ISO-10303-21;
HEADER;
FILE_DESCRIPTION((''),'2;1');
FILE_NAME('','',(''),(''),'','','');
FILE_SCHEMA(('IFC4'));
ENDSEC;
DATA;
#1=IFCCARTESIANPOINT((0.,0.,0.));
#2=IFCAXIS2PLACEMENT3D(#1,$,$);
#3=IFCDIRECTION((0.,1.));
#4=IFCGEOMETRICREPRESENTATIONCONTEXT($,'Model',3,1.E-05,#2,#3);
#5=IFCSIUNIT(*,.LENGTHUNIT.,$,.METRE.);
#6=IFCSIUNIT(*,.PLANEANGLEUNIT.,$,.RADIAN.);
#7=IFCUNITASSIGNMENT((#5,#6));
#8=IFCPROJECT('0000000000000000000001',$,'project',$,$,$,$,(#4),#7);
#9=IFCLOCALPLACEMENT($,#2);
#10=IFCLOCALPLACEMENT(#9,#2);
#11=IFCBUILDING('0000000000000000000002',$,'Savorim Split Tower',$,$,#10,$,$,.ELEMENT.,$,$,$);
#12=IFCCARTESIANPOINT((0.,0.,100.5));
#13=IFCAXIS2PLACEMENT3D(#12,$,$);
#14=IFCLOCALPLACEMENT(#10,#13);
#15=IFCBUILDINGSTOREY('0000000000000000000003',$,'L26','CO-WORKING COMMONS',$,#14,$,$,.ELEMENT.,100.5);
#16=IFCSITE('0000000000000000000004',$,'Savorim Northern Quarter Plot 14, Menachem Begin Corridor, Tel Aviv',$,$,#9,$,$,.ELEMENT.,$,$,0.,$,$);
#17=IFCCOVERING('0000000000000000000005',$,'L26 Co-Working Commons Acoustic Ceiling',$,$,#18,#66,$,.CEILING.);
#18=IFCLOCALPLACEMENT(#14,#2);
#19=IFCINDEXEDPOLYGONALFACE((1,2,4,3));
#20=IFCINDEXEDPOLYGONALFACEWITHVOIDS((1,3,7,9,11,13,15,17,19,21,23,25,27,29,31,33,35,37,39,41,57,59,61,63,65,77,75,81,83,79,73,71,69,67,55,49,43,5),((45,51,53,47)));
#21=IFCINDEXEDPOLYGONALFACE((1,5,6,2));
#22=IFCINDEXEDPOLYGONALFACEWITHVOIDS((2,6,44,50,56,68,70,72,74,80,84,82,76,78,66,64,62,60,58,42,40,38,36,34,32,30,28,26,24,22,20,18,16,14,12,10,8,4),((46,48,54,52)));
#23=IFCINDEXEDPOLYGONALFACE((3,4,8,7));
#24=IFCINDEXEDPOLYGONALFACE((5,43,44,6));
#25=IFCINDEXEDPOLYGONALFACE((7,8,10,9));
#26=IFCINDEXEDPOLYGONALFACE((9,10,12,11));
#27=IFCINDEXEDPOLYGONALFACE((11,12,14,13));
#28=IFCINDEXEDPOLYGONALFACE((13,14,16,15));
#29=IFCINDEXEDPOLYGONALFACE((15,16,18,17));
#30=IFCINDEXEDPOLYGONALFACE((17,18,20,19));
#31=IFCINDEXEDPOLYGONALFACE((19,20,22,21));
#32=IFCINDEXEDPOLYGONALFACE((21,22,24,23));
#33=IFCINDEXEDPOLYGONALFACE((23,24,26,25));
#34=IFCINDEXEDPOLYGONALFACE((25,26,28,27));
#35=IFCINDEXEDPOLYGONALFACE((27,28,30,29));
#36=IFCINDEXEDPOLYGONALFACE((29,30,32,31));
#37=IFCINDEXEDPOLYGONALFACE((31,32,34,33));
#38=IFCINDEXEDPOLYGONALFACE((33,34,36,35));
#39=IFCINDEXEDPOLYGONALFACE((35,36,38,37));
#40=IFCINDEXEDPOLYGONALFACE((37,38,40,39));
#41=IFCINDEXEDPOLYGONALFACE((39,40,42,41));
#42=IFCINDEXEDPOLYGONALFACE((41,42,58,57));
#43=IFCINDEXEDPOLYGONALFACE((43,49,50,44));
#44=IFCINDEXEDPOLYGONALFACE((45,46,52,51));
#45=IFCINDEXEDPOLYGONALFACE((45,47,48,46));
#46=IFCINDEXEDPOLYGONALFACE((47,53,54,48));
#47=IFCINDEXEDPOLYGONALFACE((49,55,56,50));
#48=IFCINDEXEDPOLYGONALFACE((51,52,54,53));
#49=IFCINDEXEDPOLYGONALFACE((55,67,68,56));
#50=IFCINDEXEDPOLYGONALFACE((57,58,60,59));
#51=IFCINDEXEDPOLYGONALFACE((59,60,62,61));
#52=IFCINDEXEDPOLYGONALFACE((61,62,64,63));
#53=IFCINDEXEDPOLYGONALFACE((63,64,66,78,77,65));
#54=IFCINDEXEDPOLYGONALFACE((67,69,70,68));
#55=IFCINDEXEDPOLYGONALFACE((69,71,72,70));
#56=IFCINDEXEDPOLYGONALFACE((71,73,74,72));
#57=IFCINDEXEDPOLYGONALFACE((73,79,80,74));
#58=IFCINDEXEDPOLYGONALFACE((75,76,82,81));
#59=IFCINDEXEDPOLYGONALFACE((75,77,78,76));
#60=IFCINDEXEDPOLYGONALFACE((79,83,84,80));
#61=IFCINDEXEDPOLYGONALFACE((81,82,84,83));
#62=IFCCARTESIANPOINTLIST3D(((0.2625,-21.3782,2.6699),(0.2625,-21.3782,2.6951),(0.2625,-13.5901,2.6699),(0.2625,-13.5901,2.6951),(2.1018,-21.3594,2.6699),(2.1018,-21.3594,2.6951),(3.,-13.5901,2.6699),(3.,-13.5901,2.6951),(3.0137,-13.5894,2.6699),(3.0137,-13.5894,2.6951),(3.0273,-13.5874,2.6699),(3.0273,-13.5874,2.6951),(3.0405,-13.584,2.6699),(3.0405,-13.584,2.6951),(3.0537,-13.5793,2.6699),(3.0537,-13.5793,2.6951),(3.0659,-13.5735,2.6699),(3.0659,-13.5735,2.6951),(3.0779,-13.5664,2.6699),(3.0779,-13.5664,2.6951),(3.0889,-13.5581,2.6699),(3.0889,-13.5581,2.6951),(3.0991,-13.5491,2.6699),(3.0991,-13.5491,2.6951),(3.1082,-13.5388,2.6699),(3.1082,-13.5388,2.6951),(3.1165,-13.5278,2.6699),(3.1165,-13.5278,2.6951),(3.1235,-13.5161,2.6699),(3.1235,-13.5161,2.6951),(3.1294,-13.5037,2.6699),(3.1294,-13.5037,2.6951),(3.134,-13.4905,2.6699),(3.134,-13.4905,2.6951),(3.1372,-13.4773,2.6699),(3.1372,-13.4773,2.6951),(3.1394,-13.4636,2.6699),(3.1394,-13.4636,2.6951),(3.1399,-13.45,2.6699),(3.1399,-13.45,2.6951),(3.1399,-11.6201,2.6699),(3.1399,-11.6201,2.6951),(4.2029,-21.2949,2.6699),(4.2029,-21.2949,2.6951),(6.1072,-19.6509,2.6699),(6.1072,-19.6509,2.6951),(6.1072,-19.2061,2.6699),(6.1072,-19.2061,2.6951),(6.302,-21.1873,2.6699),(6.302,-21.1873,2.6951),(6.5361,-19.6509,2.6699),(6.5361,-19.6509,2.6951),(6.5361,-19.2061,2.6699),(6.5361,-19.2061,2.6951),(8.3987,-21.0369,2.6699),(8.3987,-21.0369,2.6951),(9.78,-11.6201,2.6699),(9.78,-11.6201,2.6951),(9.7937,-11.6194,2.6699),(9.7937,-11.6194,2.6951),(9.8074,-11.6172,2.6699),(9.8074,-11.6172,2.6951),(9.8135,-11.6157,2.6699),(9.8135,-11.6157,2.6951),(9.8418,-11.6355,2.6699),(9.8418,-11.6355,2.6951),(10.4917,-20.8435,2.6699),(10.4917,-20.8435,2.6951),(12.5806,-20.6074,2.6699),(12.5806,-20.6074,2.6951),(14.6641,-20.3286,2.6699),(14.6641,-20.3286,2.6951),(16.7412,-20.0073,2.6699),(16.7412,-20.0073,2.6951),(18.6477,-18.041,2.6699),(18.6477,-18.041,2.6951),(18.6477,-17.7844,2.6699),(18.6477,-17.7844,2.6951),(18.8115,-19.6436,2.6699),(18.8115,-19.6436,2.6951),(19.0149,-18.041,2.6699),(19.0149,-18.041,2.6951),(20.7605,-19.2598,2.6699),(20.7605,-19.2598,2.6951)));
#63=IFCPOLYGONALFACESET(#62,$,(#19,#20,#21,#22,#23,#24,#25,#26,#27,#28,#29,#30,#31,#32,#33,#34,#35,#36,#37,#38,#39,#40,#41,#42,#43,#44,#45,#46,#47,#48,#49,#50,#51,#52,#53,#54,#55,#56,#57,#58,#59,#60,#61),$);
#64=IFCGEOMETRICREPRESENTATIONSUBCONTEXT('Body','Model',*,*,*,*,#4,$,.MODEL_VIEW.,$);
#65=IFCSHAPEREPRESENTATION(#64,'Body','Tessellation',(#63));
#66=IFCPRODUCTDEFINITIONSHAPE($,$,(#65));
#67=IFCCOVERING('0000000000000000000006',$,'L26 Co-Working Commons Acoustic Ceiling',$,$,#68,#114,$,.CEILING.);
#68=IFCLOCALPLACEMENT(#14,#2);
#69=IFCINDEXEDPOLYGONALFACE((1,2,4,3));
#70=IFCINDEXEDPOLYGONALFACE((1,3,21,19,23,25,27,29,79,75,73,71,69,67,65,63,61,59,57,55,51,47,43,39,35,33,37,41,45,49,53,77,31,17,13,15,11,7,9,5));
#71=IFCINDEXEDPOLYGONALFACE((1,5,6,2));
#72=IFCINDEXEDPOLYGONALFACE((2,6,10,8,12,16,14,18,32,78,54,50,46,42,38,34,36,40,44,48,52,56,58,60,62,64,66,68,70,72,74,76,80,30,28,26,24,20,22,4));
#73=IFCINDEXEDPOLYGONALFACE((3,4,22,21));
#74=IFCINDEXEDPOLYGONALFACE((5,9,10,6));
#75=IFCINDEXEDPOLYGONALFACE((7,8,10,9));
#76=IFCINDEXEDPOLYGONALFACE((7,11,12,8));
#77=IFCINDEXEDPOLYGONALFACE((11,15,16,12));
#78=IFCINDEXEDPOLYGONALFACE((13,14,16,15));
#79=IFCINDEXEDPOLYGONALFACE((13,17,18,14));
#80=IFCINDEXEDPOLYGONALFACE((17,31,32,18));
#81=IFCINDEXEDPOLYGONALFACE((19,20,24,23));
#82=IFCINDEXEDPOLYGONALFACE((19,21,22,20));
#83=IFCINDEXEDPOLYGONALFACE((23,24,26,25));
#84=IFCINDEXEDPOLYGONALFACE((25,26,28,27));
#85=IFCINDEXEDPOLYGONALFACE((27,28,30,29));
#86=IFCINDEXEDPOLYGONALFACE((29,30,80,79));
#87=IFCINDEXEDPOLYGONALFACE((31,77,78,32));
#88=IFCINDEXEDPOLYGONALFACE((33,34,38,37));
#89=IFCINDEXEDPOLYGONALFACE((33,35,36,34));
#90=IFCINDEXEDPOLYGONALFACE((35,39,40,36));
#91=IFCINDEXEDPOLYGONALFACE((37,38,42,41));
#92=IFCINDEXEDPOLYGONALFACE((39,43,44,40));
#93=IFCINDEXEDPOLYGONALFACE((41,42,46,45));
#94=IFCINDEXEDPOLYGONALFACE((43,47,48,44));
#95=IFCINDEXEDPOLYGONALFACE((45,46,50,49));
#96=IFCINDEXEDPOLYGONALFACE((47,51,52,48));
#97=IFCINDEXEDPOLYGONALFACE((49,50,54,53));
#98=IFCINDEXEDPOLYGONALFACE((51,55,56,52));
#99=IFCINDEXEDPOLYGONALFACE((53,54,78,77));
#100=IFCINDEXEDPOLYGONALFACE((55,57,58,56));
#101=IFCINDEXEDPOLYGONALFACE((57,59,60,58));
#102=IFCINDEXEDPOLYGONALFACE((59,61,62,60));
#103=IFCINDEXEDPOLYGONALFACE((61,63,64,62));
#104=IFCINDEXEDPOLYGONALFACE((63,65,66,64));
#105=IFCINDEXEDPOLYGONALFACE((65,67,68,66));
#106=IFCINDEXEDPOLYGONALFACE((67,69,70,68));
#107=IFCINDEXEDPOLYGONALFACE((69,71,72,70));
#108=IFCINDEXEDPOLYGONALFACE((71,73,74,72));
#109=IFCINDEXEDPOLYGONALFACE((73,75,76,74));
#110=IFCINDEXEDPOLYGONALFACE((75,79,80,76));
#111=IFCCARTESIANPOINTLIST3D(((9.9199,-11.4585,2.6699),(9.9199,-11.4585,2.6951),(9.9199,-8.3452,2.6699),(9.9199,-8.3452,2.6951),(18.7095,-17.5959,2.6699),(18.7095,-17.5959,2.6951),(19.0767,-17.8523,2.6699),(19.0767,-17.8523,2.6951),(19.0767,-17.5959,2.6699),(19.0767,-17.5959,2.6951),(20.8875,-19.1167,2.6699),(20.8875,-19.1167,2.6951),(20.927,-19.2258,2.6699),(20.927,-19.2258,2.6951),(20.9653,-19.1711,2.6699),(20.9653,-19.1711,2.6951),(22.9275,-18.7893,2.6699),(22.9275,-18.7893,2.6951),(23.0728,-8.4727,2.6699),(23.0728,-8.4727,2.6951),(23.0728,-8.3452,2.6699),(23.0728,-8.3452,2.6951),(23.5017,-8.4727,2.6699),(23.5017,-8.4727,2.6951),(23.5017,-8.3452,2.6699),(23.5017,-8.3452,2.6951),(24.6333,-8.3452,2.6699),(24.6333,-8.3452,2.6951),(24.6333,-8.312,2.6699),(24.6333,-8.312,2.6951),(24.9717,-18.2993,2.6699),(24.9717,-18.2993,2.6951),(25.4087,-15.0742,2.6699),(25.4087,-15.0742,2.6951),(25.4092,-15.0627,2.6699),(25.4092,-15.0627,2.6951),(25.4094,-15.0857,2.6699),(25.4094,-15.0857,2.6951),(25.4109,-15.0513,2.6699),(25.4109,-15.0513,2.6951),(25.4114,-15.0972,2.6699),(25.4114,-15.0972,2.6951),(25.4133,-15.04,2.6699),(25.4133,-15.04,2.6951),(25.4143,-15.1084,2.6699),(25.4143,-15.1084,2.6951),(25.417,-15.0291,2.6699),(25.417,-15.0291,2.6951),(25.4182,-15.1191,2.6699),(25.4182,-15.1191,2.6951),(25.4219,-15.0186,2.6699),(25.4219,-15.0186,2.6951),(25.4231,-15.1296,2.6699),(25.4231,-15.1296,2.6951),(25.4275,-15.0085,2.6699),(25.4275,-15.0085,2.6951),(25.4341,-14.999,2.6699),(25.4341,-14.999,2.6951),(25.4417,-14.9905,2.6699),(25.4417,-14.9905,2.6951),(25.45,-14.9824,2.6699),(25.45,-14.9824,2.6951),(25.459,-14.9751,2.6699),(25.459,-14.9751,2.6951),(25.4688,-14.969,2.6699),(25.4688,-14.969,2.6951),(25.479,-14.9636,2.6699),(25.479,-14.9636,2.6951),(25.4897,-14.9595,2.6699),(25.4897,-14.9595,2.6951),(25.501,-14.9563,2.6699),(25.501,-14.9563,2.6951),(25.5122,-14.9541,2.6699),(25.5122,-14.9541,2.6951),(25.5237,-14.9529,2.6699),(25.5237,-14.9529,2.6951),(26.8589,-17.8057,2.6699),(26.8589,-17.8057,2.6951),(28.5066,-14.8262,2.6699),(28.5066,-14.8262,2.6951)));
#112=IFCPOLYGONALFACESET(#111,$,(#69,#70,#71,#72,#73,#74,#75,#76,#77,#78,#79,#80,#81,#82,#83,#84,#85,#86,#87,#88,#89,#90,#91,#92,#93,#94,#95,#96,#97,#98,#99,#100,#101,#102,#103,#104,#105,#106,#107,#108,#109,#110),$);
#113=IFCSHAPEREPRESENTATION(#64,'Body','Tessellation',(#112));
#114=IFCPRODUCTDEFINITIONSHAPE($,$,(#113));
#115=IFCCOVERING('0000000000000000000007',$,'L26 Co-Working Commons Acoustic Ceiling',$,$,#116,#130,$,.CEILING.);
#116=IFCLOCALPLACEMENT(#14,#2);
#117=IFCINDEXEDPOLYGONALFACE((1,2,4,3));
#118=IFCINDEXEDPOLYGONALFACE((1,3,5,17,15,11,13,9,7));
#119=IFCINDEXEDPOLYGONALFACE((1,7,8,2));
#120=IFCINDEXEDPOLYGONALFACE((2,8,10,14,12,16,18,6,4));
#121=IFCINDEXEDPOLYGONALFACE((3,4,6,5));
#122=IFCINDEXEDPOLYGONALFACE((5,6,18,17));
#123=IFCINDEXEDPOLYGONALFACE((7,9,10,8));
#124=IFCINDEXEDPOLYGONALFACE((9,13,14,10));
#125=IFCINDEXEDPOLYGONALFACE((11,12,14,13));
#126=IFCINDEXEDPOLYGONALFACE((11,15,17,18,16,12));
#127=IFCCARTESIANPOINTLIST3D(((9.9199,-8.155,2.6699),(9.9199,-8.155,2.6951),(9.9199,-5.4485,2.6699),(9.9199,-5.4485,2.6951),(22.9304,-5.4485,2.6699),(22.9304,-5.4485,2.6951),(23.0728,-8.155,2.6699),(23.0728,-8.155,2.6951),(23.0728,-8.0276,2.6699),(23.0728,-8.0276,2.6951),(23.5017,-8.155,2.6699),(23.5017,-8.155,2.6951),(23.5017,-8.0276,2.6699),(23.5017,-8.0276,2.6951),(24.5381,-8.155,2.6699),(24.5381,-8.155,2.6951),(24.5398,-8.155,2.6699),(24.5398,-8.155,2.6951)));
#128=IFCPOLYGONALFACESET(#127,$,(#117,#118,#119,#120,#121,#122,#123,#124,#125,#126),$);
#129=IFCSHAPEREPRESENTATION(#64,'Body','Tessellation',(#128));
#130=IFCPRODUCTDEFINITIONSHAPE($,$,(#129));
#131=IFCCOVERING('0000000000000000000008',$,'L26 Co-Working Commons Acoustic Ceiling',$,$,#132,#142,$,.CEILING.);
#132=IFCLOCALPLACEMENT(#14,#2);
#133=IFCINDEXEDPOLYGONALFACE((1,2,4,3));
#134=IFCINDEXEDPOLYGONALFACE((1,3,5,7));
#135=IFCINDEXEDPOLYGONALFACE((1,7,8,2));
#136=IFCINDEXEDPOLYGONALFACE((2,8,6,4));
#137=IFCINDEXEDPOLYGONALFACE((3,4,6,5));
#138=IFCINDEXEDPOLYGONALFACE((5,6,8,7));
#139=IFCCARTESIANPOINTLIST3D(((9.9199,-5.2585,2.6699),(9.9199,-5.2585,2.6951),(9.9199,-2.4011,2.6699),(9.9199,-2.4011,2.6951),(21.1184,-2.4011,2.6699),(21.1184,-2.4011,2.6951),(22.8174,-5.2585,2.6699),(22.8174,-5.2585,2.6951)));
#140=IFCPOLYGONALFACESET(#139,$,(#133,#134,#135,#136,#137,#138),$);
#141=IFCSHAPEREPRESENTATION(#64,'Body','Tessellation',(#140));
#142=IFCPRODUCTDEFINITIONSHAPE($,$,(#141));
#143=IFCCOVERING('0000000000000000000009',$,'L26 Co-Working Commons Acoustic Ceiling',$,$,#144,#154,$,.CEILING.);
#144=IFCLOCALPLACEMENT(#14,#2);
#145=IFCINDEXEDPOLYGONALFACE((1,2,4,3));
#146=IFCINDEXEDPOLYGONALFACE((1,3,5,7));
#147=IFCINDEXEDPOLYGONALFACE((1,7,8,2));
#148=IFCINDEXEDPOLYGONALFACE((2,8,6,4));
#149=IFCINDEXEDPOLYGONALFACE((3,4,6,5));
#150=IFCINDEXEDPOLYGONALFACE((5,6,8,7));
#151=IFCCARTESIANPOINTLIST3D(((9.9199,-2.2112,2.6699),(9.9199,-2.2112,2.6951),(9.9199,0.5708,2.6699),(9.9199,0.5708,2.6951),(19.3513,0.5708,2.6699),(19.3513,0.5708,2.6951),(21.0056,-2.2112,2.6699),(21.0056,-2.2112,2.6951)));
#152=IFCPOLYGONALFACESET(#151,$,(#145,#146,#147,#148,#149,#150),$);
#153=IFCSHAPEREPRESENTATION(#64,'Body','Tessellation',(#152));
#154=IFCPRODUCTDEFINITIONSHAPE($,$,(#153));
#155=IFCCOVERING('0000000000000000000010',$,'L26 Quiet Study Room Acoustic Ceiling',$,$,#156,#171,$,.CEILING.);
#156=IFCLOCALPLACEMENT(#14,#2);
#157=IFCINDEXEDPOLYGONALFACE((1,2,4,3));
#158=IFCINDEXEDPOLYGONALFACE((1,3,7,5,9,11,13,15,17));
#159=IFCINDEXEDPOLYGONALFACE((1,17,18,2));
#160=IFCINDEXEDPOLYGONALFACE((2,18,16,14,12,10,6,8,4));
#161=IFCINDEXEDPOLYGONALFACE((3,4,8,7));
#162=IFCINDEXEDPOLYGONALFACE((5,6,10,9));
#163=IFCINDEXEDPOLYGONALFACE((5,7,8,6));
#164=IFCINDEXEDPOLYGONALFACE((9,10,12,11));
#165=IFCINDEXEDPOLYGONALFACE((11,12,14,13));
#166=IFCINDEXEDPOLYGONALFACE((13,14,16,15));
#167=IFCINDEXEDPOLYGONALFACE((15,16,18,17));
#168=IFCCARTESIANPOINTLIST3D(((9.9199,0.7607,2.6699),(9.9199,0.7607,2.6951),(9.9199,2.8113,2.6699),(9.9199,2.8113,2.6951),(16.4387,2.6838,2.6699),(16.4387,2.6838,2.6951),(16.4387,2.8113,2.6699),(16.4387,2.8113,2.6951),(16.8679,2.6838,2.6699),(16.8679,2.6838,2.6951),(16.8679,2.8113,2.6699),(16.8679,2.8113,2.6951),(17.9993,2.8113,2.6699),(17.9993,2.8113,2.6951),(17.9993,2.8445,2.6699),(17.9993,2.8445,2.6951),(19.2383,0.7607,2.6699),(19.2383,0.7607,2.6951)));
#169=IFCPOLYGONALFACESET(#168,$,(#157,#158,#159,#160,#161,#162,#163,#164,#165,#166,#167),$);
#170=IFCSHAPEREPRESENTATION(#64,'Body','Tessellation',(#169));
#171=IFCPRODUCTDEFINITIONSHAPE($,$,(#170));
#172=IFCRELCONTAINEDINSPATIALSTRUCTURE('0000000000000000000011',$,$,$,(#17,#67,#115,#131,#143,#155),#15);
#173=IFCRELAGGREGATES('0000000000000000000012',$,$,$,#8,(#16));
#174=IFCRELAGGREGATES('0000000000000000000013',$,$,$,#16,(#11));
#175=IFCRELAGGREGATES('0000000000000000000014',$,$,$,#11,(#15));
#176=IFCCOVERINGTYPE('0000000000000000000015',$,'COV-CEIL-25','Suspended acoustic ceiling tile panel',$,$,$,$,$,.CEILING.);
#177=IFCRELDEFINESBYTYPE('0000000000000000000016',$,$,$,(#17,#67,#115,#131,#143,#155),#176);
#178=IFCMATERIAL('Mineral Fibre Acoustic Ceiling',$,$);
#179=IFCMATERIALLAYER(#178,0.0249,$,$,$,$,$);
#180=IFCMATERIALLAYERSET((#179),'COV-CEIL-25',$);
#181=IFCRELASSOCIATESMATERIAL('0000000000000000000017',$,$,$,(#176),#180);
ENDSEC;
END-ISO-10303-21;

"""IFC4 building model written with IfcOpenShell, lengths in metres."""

from ifc_helpers import new_model, si_unit, direction, frame, origin, place, context, subcontext, project, spatial, polyline, outline, extrude, material, layer, layer_set, type_object, element, save


model = new_model("IFC4")

# Units and contexts
model_context = context("Model", 3, precision=1e-05, world=origin(), true_north=direction((0.0, 1.0)))
body_context = subcontext(model_context, "Body", "Model", "MODEL_VIEW")
ifc_project = project(units=[si_unit("LENGTHUNIT", "METRE"), si_unit("PLANEANGLEUNIT", "RADIAN")], contexts=[model_context])

# Site, building, storey
site_placement = place(None, origin())
site = spatial("IfcSite", under=ifc_project, at=site_placement, Name="Savorim Northern Quarter Plot 14, Menachem Begin Corridor, Tel Aviv", CompositionType="ELEMENT", RefElevation=0.0)
building_placement = place(site_placement, origin())
building = spatial("IfcBuilding", under=site, at=building_placement, Name="Savorim Split Tower", CompositionType="ELEMENT")
storey_placement = place(building_placement, frame((0.0, 0.0, 100.5)))
storey = spatial("IfcBuildingStorey", under=building, at=storey_placement, Name="L26", Description="CO-WORKING COMMONS", CompositionType="ELEMENT", Elevation=100.5)

# Coverings
ifc_material_1 = material(Name="Mineral Fibre Acoustic Ceiling")
ifc_layer_1 = layer(ifc_material_1, 0.0249)
ifc_layer_set_1 = layer_set([ifc_layer_1], Name="COV-CEIL-25")
covering_type_1 = type_object("IfcCoveringType", Name="COV-CEIL-25", Description="Suspended acoustic ceiling tile panel", PredefinedType="CEILING", material=ifc_layer_set_1)
covering_1_placement = place(storey_placement, frame((0.0, 0.0, 2.6699)))
element("IfcCovering", 1, at=covering_1_placement, inside=storey, type_object=covering_type_1, Name="L26 Co-Working Commons Acoustic Ceiling", PredefinedType="CEILING", context=body_context, shape_type="SweptSolid", body=[
    extrude(outline(polyline([(12.5806, -20.6074), (14.6641, -20.3286), (16.7412, -20.0073), (18.8115, -19.6436), (20.7605, -19.2598), (19.0149, -18.041), (18.6477, -18.041), (18.6477, -17.7844), (9.8418, -11.6355), (9.8135, -11.6157), (9.8074, -11.6172), (9.7937, -11.6194), (9.78, -11.6201), (3.1399, -11.6201), (3.1399, -13.45), (3.1394, -13.4636), (3.1372, -13.4773), (3.134, -13.4905), (3.1294, -13.5037), (3.1235, -13.5161), (3.1165, -13.5278), (3.1082, -13.5388), (3.0991, -13.5491), (3.0889, -13.5581), (3.0779, -13.5664), (3.0659, -13.5735), (3.0537, -13.5793), (3.0405, -13.584), (3.0273, -13.5874), (3.0137, -13.5894), (3.0, -13.5901), (0.2625, -13.5901), (0.2625, -21.3782), (2.1018, -21.3594), (4.2029, -21.2949), (6.302, -21.1873), (8.3987, -21.0369), (10.4917, -20.8435), (12.5806, -20.6074)]), holes=[polyline([(6.1072, -19.6509), (6.5361, -19.6509), (6.5361, -19.2061), (6.1072, -19.2061), (6.1072, -19.6509)])]), origin(), (0.0, 0.0, 1.0), 0.0251),
])
covering_2_placement = place(storey_placement, frame((0.0, 0.0, 2.6699)))
element("IfcCovering", 2, at=covering_2_placement, inside=storey, type_object=covering_type_1, Name="L26 Co-Working Commons Acoustic Ceiling", PredefinedType="CEILING", context=body_context, shape_type="SweptSolid", body=[
    extrude(outline(polyline([(25.501, -14.9563), (25.5122, -14.9541), (25.5237, -14.9529), (28.5066, -14.8262), (24.6333, -8.312), (24.6333, -8.3452), (23.5017, -8.3452), (23.5017, -8.4727), (23.0728, -8.4727), (23.0728, -8.3452), (9.9199, -8.3452), (9.9199, -11.4585), (18.7095, -17.5959), (19.0767, -17.5959), (19.0767, -17.8523), (20.8875, -19.1167), (20.9653, -19.1711), (20.927, -19.2258), (22.9275, -18.7893), (24.9717, -18.2993), (26.8589, -17.8057), (25.4231, -15.1296), (25.4182, -15.1191), (25.4143, -15.1084), (25.4114, -15.0972), (25.4094, -15.0857), (25.4087, -15.0742), (25.4092, -15.0627), (25.4109, -15.0513), (25.4133, -15.04), (25.417, -15.0291), (25.4219, -15.0186), (25.4275, -15.0085), (25.4341, -14.999), (25.4417, -14.9905), (25.45, -14.9824), (25.459, -14.9751), (25.4688, -14.969), (25.479, -14.9636), (25.4897, -14.9595), (25.501, -14.9563)])), origin(), (0.0, 0.0, 1.0), 0.0251),
])
covering_3_placement = place(storey_placement, frame((0.0, 0.0, 2.6699)))
element("IfcCovering", 3, at=covering_3_placement, inside=storey, type_object=covering_type_1, Name="L26 Co-Working Commons Acoustic Ceiling", PredefinedType="CEILING", context=body_context, shape_type="SweptSolid", body=[
    extrude(outline(polyline([(23.5017, -8.0276), (23.5017, -8.155), (24.5381, -8.155), (24.5398, -8.155), (22.9304, -5.4485), (9.9199, -5.4485), (9.9199, -8.155), (23.0728, -8.155), (23.0728, -8.0276), (23.5017, -8.0276)])), origin(), (0.0, 0.0, 1.0), 0.0251),
])
covering_4_placement = place(storey_placement, frame((0.0, 0.0, 2.6699)))
element("IfcCovering", 4, at=covering_4_placement, inside=storey, type_object=covering_type_1, Name="L26 Co-Working Commons Acoustic Ceiling", PredefinedType="CEILING", context=body_context, shape_type="SweptSolid", body=[
    extrude(outline(polyline([(22.8174, -5.2585), (21.1184, -2.4011), (9.9199, -2.4011), (9.9199, -5.2585), (22.8174, -5.2585)])), origin(), (0.0, 0.0, 1.0), 0.0251),
])
covering_5_placement = place(storey_placement, frame((0.0, 0.0, 2.6699)))
element("IfcCovering", 5, at=covering_5_placement, inside=storey, type_object=covering_type_1, Name="L26 Co-Working Commons Acoustic Ceiling", PredefinedType="CEILING", context=body_context, shape_type="SweptSolid", body=[
    extrude(outline(polyline([(21.0056, -2.2112), (19.3513, 0.5708), (9.9199, 0.5708), (9.9199, -2.2112), (21.0056, -2.2112)])), origin(), (0.0, 0.0, 1.0), 0.0251),
])
covering_6_placement = place(storey_placement, frame((0.0, 0.0, 2.6699)))
element("IfcCovering", 6, at=covering_6_placement, inside=storey, type_object=covering_type_1, Name="L26 Quiet Study Room Acoustic Ceiling", PredefinedType="CEILING", context=body_context, shape_type="SweptSolid", body=[
    extrude(outline(polyline([(16.4387, 2.6838), (16.4387, 2.8113), (9.9199, 2.8113), (9.9199, 0.7607), (19.2383, 0.7607), (17.9993, 2.8445), (17.9993, 2.8113), (16.8679, 2.8113), (16.8679, 2.6838), (16.4387, 2.6838)])), origin(), (0.0, 0.0, 1.0), 0.0251),
])

save(model, "model.ifc")
